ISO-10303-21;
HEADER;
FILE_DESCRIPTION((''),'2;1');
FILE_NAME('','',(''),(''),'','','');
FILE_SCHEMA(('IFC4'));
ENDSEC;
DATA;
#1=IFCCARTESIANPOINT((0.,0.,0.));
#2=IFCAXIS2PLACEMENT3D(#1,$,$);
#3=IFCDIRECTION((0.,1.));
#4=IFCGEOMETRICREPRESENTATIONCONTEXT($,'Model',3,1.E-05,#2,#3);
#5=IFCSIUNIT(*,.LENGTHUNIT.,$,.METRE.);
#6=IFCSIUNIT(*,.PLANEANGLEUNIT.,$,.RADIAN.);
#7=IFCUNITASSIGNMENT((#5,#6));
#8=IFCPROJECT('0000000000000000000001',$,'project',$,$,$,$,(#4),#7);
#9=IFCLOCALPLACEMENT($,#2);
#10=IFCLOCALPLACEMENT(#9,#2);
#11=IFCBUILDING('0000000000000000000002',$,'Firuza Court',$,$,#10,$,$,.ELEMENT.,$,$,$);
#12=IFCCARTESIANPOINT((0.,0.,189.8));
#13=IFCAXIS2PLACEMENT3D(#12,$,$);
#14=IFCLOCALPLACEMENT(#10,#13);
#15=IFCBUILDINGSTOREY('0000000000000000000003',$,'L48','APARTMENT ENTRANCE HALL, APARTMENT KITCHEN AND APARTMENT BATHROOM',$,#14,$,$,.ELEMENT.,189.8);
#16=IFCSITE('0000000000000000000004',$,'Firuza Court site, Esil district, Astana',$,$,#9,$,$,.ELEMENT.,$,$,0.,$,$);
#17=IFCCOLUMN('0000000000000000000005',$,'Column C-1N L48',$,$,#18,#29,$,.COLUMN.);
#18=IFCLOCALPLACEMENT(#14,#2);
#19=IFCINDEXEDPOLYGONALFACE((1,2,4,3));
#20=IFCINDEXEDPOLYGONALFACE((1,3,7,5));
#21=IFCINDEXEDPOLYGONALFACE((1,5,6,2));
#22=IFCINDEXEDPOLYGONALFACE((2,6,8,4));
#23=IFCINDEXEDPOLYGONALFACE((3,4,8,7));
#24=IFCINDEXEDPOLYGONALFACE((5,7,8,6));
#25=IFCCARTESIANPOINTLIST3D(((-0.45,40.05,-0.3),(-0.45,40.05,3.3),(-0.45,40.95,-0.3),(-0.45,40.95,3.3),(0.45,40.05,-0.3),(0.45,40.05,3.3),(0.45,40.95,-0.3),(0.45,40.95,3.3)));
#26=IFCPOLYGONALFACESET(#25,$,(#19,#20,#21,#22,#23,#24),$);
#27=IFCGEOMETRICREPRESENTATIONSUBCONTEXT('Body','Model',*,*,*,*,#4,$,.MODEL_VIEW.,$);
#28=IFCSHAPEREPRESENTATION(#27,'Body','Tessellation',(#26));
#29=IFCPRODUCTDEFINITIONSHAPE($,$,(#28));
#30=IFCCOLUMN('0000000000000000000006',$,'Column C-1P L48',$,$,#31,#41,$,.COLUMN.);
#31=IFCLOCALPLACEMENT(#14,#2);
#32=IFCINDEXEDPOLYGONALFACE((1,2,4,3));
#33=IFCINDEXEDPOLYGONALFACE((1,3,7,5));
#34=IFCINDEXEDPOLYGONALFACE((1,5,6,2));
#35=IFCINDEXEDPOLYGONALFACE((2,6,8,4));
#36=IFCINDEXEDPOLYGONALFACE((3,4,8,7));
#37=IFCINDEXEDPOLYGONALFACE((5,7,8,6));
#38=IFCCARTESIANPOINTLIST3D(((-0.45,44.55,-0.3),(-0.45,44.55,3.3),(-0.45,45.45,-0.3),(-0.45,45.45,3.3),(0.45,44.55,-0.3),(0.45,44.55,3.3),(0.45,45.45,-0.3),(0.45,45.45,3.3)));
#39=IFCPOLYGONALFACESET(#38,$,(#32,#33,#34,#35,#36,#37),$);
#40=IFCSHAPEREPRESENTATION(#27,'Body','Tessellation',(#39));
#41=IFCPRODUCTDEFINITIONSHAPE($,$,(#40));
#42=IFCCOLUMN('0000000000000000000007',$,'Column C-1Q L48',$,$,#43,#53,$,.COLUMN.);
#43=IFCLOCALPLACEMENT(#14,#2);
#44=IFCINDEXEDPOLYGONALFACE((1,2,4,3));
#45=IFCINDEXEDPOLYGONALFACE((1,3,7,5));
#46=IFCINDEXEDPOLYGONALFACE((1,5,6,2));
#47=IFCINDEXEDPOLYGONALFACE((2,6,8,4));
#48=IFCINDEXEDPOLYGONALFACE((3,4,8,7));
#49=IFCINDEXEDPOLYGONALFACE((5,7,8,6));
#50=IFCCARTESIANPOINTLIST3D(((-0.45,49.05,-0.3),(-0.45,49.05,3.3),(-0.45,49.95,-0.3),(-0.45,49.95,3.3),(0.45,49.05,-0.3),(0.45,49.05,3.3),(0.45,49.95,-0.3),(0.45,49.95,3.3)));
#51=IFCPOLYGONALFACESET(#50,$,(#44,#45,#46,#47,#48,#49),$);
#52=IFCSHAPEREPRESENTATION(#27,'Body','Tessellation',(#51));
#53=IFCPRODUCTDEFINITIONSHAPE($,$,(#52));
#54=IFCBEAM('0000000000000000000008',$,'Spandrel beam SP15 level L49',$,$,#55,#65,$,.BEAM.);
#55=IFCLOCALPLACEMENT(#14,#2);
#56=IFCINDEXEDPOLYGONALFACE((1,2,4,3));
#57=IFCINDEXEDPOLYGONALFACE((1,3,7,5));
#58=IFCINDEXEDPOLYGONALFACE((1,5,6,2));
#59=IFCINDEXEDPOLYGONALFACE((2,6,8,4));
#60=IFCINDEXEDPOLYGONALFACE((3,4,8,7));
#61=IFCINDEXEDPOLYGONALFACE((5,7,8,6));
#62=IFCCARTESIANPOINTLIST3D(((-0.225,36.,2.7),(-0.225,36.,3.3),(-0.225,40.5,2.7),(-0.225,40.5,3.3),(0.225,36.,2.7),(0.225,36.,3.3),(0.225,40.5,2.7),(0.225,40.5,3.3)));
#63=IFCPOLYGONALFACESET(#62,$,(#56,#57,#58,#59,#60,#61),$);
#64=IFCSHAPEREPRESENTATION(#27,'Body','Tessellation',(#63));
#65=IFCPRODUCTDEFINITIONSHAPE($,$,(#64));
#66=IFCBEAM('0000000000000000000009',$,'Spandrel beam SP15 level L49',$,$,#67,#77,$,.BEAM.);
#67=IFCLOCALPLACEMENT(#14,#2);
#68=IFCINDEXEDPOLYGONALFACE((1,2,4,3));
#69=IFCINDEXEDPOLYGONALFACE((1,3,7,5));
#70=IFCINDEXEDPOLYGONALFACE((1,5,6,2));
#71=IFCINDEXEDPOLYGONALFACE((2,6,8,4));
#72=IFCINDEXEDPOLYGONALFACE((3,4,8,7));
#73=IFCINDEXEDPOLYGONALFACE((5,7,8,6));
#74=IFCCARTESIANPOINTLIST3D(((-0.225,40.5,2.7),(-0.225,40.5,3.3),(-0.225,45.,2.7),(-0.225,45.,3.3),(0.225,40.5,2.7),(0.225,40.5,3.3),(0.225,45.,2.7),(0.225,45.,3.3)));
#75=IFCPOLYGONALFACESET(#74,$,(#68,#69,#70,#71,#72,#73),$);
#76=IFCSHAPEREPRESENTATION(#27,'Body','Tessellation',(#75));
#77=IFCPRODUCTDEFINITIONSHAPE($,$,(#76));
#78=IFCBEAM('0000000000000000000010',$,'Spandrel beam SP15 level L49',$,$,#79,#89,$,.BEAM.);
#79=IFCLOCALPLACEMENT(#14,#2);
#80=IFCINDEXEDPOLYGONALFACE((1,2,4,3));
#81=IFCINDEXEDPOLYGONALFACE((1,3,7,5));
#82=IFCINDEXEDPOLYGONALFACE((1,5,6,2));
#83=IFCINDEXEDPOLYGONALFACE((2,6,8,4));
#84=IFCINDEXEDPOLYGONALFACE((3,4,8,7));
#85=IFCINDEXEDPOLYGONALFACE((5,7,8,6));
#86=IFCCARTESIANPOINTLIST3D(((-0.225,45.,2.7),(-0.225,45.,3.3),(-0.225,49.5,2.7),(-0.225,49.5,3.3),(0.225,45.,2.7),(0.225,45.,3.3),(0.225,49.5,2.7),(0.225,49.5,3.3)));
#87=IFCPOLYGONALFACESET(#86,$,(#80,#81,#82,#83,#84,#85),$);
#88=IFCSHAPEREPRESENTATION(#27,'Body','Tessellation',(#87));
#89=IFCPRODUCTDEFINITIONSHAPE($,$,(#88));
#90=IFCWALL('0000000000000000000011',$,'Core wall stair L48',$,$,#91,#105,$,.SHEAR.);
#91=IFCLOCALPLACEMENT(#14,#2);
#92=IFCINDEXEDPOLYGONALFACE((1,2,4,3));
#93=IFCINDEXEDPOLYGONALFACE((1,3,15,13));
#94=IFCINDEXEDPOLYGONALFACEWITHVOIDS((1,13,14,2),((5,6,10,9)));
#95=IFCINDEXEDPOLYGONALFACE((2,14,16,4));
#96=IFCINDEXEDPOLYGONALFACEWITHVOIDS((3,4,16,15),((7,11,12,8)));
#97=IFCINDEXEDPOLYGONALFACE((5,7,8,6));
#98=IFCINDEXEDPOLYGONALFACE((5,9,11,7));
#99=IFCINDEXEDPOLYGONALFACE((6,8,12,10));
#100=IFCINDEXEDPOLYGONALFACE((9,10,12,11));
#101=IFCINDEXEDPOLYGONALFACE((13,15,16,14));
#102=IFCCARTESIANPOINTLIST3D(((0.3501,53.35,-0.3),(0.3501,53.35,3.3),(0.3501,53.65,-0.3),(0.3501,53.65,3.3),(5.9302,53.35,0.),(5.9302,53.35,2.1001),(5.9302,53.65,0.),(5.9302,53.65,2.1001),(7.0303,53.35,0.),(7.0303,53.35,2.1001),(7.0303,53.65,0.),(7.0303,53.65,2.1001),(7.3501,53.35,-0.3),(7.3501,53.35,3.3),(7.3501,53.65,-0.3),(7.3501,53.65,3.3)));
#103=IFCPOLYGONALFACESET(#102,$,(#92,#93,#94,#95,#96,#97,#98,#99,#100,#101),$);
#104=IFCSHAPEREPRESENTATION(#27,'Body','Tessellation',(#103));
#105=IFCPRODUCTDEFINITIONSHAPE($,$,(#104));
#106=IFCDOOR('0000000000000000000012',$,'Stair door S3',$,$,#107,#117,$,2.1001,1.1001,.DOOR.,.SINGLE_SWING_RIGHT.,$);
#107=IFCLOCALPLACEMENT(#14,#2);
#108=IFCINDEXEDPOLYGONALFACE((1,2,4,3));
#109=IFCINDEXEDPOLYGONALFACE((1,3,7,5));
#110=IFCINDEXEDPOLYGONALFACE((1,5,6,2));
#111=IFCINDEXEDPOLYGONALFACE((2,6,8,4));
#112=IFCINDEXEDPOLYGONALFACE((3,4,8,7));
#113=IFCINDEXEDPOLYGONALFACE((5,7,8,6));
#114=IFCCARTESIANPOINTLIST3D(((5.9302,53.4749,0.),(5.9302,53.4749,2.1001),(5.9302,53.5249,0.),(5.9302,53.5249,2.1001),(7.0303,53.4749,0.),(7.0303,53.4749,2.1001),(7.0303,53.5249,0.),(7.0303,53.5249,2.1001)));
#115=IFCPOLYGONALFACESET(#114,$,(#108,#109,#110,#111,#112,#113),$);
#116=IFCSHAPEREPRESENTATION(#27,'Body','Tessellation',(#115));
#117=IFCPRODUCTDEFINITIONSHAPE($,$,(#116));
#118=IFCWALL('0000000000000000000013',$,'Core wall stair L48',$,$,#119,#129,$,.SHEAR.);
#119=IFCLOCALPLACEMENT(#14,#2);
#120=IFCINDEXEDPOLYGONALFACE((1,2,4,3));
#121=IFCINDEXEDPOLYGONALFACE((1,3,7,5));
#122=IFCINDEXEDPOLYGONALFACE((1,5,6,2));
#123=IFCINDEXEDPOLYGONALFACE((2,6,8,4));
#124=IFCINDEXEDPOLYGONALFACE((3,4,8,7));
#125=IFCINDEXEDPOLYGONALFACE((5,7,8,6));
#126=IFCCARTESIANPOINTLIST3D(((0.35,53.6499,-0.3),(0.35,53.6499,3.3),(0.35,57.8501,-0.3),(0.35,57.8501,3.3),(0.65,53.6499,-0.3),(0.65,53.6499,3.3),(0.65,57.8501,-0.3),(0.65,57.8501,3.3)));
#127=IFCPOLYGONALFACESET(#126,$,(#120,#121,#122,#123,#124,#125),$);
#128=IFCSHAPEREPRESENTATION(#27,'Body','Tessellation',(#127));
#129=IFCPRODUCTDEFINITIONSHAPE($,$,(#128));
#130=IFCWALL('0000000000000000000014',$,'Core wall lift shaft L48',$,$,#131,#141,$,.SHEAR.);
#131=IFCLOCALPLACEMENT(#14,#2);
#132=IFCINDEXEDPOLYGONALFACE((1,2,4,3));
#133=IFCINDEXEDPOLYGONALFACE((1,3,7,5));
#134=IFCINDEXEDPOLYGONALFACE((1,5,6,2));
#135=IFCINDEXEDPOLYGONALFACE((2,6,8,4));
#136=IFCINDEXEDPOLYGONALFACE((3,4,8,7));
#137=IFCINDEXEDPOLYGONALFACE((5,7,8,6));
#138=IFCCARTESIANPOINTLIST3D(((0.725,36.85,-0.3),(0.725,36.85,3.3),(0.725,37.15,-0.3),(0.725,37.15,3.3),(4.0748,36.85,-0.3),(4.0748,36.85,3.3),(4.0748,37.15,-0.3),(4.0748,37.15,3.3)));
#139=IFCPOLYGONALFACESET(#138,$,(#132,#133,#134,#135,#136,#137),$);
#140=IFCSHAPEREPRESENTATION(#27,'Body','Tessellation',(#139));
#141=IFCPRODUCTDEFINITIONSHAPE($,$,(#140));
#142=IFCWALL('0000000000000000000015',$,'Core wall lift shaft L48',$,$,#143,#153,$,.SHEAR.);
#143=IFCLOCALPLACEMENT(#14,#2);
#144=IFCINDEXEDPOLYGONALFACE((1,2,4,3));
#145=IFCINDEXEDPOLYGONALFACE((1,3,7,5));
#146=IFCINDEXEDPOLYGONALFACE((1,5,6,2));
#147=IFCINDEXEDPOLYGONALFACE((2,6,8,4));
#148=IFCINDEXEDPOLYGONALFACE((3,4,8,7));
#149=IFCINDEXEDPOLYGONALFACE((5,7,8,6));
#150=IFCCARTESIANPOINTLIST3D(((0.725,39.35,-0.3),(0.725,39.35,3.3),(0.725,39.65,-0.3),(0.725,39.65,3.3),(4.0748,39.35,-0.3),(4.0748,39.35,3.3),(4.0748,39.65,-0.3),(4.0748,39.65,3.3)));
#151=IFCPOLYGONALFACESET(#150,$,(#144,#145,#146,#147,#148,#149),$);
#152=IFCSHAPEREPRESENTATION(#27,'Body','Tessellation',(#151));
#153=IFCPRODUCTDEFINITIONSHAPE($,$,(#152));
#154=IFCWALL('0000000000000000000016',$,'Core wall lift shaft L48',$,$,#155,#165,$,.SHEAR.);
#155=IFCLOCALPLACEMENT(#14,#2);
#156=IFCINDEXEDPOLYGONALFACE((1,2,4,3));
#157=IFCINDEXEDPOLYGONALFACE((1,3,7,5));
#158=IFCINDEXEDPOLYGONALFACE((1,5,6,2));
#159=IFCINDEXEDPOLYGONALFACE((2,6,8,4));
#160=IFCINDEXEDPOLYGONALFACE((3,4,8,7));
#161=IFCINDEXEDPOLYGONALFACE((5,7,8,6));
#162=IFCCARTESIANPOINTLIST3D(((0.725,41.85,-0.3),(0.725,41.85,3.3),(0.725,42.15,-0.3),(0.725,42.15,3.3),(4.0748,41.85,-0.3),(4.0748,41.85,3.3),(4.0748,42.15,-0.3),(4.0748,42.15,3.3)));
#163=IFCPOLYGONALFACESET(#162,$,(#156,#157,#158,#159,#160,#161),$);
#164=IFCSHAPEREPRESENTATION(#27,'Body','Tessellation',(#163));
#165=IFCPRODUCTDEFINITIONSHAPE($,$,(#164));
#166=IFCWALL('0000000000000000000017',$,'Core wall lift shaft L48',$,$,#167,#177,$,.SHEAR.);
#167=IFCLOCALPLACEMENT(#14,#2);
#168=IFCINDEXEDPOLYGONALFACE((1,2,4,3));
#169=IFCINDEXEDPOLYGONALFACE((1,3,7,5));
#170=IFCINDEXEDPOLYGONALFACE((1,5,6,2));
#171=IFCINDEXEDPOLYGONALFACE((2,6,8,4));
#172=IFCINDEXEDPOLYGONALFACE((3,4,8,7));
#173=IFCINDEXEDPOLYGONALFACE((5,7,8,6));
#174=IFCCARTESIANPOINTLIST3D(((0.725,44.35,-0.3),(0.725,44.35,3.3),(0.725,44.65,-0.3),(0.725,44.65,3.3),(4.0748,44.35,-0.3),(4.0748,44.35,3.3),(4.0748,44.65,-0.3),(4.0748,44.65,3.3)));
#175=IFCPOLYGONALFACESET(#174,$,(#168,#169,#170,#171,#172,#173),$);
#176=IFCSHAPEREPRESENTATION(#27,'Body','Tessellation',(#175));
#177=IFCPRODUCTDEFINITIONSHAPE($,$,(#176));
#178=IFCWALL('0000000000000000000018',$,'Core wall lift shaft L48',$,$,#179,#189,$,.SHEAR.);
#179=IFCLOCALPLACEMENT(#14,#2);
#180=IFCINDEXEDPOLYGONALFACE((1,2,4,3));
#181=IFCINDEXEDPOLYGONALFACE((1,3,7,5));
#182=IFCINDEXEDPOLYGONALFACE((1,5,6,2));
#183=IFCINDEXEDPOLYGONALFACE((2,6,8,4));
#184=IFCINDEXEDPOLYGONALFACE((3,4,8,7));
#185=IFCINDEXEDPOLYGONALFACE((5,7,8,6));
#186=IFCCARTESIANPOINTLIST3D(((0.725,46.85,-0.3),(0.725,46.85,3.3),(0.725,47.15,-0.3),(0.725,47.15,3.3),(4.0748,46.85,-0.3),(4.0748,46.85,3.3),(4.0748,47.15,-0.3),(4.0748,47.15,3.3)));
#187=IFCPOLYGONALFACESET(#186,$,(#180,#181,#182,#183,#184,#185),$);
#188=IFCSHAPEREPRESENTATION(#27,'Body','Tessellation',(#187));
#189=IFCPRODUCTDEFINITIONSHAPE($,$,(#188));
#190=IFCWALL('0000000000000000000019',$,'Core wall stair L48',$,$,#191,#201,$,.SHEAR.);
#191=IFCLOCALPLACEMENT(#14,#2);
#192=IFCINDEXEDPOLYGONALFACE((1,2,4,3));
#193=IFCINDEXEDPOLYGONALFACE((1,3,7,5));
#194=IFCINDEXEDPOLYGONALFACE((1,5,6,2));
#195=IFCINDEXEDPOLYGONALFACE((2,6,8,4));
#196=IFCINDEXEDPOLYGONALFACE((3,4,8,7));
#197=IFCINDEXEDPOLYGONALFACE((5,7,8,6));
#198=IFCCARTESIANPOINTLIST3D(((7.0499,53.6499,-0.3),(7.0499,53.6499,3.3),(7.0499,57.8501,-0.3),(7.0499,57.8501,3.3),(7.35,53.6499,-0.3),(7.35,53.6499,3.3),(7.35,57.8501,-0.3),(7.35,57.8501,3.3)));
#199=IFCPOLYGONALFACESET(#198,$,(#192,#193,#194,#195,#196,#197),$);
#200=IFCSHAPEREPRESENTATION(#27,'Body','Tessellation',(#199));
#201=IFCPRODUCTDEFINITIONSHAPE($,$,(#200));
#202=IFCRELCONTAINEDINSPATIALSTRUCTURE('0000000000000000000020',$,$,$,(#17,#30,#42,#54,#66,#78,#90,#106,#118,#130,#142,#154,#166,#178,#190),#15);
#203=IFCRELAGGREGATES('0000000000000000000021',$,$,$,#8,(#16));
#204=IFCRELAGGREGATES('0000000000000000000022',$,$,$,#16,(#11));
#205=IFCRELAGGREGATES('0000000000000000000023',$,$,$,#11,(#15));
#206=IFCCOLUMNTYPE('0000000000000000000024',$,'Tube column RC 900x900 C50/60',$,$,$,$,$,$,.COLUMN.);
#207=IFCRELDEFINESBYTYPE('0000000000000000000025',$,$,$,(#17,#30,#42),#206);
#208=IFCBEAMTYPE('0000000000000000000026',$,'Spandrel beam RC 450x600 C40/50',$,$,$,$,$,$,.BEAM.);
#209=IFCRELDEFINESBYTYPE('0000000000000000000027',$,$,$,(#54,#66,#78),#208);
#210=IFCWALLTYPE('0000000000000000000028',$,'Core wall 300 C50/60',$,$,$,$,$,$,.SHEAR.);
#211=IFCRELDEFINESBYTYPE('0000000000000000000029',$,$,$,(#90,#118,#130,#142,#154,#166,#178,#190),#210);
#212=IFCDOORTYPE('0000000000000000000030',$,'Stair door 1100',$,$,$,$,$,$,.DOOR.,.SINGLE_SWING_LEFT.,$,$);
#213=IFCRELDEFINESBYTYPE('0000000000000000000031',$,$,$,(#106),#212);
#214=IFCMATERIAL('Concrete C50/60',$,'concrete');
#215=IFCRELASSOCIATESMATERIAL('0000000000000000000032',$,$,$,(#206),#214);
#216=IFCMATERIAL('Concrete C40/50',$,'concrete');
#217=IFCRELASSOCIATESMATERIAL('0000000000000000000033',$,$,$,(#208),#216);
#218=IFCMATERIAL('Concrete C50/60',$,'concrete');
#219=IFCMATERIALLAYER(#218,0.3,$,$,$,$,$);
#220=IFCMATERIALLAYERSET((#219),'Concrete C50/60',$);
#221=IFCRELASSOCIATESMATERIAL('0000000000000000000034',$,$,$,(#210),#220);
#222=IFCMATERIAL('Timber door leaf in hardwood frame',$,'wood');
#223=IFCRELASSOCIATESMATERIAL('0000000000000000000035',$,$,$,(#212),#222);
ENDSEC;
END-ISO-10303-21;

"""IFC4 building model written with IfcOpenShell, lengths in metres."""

from ifc_helpers import new_model, si_unit, direction, frame, frame_2d, origin, origin_2d, place, context, subcontext, project, spatial, rectangle, extrude, material, layer, layer_set, material_profile, profile_set, type_object, element, fill, save


model = new_model("IFC4")

# Units and contexts
model_context = context("Model", 3, precision=1e-05, world=origin(), true_north=direction((0.0, 1.0)))
body_context = subcontext(model_context, "Body", "Model", "MODEL_VIEW")
ifc_project = project(units=[si_unit("LENGTHUNIT", "METRE"), si_unit("PLANEANGLEUNIT", "RADIAN")], contexts=[model_context])

# Site, building, storey
site_placement = place(None, origin())
site = spatial("IfcSite", under=ifc_project, at=site_placement, Name="Firuza Court site, Esil district, Astana", CompositionType="ELEMENT", RefElevation=0.0)
building_placement = place(site_placement, origin())
building = spatial("IfcBuilding", under=site, at=building_placement, Name="Firuza Court", CompositionType="ELEMENT")
storey_placement = place(building_placement, frame((0.0, 0.0, 189.8)))
storey = spatial("IfcBuildingStorey", under=building, at=storey_placement, Name="L48", Description="APARTMENT ENTRANCE HALL, APARTMENT KITCHEN AND APARTMENT BATHROOM", CompositionType="ELEMENT", Elevation=189.8)

# Columns
ifc_material_1 = material(Name="Concrete C50/60", Category="concrete")
ifc_material_profile_1 = material_profile(ifc_material_1, rectangle(XDim=0.8999, YDim=0.8999, at=origin_2d()), Name="RC 900x900")
ifc_profile_set_1 = profile_set([ifc_material_profile_1], Name="Concrete C50/60")
column_type = type_object("IfcColumnType", Name="Tube column RC 900x900 C50/60", PredefinedType="COLUMN", material=ifc_profile_set_1)
for number, where, z_axis, x_axis, name in (
    (1, (0.0, 40.5, -0.3), (0.0, 0.0, 1.0), (1.0, 0.0, 0.0), "Column C-1N L48"),
    (2, (0.0, 45.0, -0.3), (0.0, 0.0, 1.0), (1.0, 0.0, 0.0), "Column C-1P L48"),
    (3, (0.0, 49.5, -0.3), (0.0, 0.0, 1.0), (1.0, 0.0, 0.0), "Column C-1Q L48"),
):
    element("IfcColumn", number, at=place(storey_placement, frame(where, z_axis=z_axis, x_axis=x_axis)), inside=storey, type_object=column_type, Name=name, PredefinedType="COLUMN", context=body_context, shape_type="SweptSolid", body=[
        extrude(rectangle(XDim=0.8999, YDim=0.8999, at=origin_2d()), origin(), (0.0, 0.0, 1.0), 3.6001),
    ])

# Beams
ifc_material_2 = material(Name="Concrete C40/50", Category="concrete")
ifc_material_profile_2 = material_profile(ifc_material_2, rectangle(XDim=0.45, YDim=0.6001, at=origin_2d()), Name="RC 450x600")
ifc_profile_set_2 = profile_set([ifc_material_profile_2], Name="Concrete C40/50")
beam_type = type_object("IfcBeamType", Name="Spandrel beam RC 450x600 C40/50", PredefinedType="BEAM", material=ifc_profile_set_2)
for number, where, z_axis, x_axis, name in (
    (4, (0.0, 40.5, 3.0), (0.0, -1.0, 0.0), (1.0, 0.0, 0.0), "Spandrel beam SP15 level L49"),
    (5, (0.0, 45.0, 3.0), (0.0, -1.0, 0.0), (1.0, 0.0, 0.0), "Spandrel beam SP15 level L49"),
    (6, (0.0, 49.5, 3.0), (0.0, -1.0, 0.0), (1.0, 0.0, 0.0), "Spandrel beam SP15 level L49"),
):
    element("IfcBeam", number, at=place(storey_placement, frame(where, z_axis=z_axis, x_axis=x_axis)), inside=storey, type_object=beam_type, Name=name, PredefinedType="BEAM", context=body_context, shape_type="SweptSolid", body=[
        extrude(rectangle(XDim=0.45, YDim=0.6001, at=origin_2d()), origin(), (0.0, 0.0, 1.0), 4.5),
    ])

# Wall, opening, door
ifc_material_3 = material(Name="Concrete C50/60", Category="concrete")
ifc_layer_1 = layer(ifc_material_3, 0.3)
ifc_layer_set_1 = layer_set([ifc_layer_1], Name="Concrete C50/60")
wall_type_1 = type_object("IfcWallType", Name="Core wall 300 C50/60", PredefinedType="SHEAR", material=ifc_layer_set_1)
wall_1_placement = place(storey_placement, frame((0.3501, 53.5, -0.3), z_axis=(0.0, 0.0, 1.0), x_axis=(1.0, 0.0, 0.0)))
wall_1 = element("IfcWall", 7, at=wall_1_placement, inside=storey, type_object=wall_type_1, Name="Core wall stair L48", PredefinedType="SHEAR", context=body_context, shape_type="SweptSolid", body=[
    extrude(rectangle(XDim=7.0, YDim=0.3, at=frame_2d((3.5, 0.0))), origin(), (0.0, 0.0, 1.0), 3.6001),
])
opening_1_placement = place(wall_1_placement, frame((5.5801, 0.0, 0.3)))
opening_1 = element("IfcOpeningElement", 8, at=opening_1_placement, cuts=wall_1, PredefinedType="OPENING", context=body_context, shape_type="SweptSolid", body=[
    extrude(rectangle(XDim=1.1001, YDim=2.1001, at=frame_2d((0.55, 1.05))), frame((0.0, 0.1621, 0.0), z_axis=(0.0, -1.0, 0.0), x_axis=(1.0, 0.0, 0.0)), (0.0, 0.0, 1.0), 0.324),
])
ifc_material_4 = material(Name="Timber door leaf in hardwood frame", Category="wood")
door_type_1 = type_object("IfcDoorType", Name="Stair door 1100", OperationType="SINGLE_SWING_LEFT", PredefinedType="DOOR", material=ifc_material_4)
door_1_placement = place(opening_1_placement, origin())
door_1 = element("IfcDoor", 9, at=door_1_placement, inside=storey, type_object=door_type_1, Name="Stair door S3", OperationType="SINGLE_SWING_RIGHT", OverallHeight=2.1001, OverallWidth=1.1001, PredefinedType="DOOR", context=body_context, shape_type="SweptSolid", body=[
    extrude(rectangle(XDim=1.1001, YDim=2.1001, at=frame_2d((0.55, 1.05))), frame((0.0, 0.0249, 0.0), z_axis=(0.0, -1.0, 0.0), x_axis=(1.0, 0.0, 0.0)), (0.0, 0.0, 1.0), 0.05),
])
fill(opening_1, door_1)

# Walls
wall_2_placement = place(storey_placement, frame((0.5, 53.6499, -0.3), z_axis=(0.0, 0.0, 1.0), x_axis=(0.0, 1.0, 0.0)))
element("IfcWall", 10, at=wall_2_placement, inside=storey, type_object=wall_type_1, Name="Core wall stair L48", PredefinedType="SHEAR", context=body_context, shape_type="SweptSolid", body=[
    extrude(rectangle(XDim=4.2002, YDim=0.3, at=frame_2d((2.1001, 0.0))), origin(), (0.0, 0.0, 1.0), 3.6001),
])
for number, where, z_axis, x_axis, name in (
    (11, (0.7251, 37.0, -0.3), (0.0, 0.0, 1.0), (1.0, 0.0, 0.0), "Core wall lift shaft L48"),
    (12, (0.7251, 39.5, -0.3), (0.0, 0.0, 1.0), (1.0, 0.0, 0.0), "Core wall lift shaft L48"),
    (13, (0.7251, 42.0, -0.3), (0.0, 0.0, 1.0), (1.0, 0.0, 0.0), "Core wall lift shaft L48"),
    (14, (0.7251, 44.5, -0.3), (0.0, 0.0, 1.0), (1.0, 0.0, 0.0), "Core wall lift shaft L48"),
    (15, (0.7251, 47.0, -0.3), (0.0, 0.0, 1.0), (1.0, 0.0, 0.0), "Core wall lift shaft L48"),
):
    element("IfcWall", number, at=place(storey_placement, frame(where, z_axis=z_axis, x_axis=x_axis)), inside=storey, type_object=wall_type_1, Name=name, PredefinedType="SHEAR", context=body_context, shape_type="SweptSolid", body=[
        extrude(rectangle(XDim=3.3499, YDim=0.3, at=frame_2d((1.6748, 0.0))), origin(), (0.0, 0.0, 1.0), 3.6001),
    ])
wall_3_placement = place(storey_placement, frame((7.2, 53.6499, -0.3), z_axis=(0.0, 0.0, 1.0), x_axis=(0.0, 1.0, 0.0)))
element("IfcWall", 16, at=wall_3_placement, inside=storey, type_object=wall_type_1, Name="Core wall stair L48", PredefinedType="SHEAR", context=body_context, shape_type="SweptSolid", body=[
    extrude(rectangle(XDim=4.2002, YDim=0.3, at=frame_2d((2.1001, 0.0))), origin(), (0.0, 0.0, 1.0), 3.6001),
])

save(model, "model.ifc")
